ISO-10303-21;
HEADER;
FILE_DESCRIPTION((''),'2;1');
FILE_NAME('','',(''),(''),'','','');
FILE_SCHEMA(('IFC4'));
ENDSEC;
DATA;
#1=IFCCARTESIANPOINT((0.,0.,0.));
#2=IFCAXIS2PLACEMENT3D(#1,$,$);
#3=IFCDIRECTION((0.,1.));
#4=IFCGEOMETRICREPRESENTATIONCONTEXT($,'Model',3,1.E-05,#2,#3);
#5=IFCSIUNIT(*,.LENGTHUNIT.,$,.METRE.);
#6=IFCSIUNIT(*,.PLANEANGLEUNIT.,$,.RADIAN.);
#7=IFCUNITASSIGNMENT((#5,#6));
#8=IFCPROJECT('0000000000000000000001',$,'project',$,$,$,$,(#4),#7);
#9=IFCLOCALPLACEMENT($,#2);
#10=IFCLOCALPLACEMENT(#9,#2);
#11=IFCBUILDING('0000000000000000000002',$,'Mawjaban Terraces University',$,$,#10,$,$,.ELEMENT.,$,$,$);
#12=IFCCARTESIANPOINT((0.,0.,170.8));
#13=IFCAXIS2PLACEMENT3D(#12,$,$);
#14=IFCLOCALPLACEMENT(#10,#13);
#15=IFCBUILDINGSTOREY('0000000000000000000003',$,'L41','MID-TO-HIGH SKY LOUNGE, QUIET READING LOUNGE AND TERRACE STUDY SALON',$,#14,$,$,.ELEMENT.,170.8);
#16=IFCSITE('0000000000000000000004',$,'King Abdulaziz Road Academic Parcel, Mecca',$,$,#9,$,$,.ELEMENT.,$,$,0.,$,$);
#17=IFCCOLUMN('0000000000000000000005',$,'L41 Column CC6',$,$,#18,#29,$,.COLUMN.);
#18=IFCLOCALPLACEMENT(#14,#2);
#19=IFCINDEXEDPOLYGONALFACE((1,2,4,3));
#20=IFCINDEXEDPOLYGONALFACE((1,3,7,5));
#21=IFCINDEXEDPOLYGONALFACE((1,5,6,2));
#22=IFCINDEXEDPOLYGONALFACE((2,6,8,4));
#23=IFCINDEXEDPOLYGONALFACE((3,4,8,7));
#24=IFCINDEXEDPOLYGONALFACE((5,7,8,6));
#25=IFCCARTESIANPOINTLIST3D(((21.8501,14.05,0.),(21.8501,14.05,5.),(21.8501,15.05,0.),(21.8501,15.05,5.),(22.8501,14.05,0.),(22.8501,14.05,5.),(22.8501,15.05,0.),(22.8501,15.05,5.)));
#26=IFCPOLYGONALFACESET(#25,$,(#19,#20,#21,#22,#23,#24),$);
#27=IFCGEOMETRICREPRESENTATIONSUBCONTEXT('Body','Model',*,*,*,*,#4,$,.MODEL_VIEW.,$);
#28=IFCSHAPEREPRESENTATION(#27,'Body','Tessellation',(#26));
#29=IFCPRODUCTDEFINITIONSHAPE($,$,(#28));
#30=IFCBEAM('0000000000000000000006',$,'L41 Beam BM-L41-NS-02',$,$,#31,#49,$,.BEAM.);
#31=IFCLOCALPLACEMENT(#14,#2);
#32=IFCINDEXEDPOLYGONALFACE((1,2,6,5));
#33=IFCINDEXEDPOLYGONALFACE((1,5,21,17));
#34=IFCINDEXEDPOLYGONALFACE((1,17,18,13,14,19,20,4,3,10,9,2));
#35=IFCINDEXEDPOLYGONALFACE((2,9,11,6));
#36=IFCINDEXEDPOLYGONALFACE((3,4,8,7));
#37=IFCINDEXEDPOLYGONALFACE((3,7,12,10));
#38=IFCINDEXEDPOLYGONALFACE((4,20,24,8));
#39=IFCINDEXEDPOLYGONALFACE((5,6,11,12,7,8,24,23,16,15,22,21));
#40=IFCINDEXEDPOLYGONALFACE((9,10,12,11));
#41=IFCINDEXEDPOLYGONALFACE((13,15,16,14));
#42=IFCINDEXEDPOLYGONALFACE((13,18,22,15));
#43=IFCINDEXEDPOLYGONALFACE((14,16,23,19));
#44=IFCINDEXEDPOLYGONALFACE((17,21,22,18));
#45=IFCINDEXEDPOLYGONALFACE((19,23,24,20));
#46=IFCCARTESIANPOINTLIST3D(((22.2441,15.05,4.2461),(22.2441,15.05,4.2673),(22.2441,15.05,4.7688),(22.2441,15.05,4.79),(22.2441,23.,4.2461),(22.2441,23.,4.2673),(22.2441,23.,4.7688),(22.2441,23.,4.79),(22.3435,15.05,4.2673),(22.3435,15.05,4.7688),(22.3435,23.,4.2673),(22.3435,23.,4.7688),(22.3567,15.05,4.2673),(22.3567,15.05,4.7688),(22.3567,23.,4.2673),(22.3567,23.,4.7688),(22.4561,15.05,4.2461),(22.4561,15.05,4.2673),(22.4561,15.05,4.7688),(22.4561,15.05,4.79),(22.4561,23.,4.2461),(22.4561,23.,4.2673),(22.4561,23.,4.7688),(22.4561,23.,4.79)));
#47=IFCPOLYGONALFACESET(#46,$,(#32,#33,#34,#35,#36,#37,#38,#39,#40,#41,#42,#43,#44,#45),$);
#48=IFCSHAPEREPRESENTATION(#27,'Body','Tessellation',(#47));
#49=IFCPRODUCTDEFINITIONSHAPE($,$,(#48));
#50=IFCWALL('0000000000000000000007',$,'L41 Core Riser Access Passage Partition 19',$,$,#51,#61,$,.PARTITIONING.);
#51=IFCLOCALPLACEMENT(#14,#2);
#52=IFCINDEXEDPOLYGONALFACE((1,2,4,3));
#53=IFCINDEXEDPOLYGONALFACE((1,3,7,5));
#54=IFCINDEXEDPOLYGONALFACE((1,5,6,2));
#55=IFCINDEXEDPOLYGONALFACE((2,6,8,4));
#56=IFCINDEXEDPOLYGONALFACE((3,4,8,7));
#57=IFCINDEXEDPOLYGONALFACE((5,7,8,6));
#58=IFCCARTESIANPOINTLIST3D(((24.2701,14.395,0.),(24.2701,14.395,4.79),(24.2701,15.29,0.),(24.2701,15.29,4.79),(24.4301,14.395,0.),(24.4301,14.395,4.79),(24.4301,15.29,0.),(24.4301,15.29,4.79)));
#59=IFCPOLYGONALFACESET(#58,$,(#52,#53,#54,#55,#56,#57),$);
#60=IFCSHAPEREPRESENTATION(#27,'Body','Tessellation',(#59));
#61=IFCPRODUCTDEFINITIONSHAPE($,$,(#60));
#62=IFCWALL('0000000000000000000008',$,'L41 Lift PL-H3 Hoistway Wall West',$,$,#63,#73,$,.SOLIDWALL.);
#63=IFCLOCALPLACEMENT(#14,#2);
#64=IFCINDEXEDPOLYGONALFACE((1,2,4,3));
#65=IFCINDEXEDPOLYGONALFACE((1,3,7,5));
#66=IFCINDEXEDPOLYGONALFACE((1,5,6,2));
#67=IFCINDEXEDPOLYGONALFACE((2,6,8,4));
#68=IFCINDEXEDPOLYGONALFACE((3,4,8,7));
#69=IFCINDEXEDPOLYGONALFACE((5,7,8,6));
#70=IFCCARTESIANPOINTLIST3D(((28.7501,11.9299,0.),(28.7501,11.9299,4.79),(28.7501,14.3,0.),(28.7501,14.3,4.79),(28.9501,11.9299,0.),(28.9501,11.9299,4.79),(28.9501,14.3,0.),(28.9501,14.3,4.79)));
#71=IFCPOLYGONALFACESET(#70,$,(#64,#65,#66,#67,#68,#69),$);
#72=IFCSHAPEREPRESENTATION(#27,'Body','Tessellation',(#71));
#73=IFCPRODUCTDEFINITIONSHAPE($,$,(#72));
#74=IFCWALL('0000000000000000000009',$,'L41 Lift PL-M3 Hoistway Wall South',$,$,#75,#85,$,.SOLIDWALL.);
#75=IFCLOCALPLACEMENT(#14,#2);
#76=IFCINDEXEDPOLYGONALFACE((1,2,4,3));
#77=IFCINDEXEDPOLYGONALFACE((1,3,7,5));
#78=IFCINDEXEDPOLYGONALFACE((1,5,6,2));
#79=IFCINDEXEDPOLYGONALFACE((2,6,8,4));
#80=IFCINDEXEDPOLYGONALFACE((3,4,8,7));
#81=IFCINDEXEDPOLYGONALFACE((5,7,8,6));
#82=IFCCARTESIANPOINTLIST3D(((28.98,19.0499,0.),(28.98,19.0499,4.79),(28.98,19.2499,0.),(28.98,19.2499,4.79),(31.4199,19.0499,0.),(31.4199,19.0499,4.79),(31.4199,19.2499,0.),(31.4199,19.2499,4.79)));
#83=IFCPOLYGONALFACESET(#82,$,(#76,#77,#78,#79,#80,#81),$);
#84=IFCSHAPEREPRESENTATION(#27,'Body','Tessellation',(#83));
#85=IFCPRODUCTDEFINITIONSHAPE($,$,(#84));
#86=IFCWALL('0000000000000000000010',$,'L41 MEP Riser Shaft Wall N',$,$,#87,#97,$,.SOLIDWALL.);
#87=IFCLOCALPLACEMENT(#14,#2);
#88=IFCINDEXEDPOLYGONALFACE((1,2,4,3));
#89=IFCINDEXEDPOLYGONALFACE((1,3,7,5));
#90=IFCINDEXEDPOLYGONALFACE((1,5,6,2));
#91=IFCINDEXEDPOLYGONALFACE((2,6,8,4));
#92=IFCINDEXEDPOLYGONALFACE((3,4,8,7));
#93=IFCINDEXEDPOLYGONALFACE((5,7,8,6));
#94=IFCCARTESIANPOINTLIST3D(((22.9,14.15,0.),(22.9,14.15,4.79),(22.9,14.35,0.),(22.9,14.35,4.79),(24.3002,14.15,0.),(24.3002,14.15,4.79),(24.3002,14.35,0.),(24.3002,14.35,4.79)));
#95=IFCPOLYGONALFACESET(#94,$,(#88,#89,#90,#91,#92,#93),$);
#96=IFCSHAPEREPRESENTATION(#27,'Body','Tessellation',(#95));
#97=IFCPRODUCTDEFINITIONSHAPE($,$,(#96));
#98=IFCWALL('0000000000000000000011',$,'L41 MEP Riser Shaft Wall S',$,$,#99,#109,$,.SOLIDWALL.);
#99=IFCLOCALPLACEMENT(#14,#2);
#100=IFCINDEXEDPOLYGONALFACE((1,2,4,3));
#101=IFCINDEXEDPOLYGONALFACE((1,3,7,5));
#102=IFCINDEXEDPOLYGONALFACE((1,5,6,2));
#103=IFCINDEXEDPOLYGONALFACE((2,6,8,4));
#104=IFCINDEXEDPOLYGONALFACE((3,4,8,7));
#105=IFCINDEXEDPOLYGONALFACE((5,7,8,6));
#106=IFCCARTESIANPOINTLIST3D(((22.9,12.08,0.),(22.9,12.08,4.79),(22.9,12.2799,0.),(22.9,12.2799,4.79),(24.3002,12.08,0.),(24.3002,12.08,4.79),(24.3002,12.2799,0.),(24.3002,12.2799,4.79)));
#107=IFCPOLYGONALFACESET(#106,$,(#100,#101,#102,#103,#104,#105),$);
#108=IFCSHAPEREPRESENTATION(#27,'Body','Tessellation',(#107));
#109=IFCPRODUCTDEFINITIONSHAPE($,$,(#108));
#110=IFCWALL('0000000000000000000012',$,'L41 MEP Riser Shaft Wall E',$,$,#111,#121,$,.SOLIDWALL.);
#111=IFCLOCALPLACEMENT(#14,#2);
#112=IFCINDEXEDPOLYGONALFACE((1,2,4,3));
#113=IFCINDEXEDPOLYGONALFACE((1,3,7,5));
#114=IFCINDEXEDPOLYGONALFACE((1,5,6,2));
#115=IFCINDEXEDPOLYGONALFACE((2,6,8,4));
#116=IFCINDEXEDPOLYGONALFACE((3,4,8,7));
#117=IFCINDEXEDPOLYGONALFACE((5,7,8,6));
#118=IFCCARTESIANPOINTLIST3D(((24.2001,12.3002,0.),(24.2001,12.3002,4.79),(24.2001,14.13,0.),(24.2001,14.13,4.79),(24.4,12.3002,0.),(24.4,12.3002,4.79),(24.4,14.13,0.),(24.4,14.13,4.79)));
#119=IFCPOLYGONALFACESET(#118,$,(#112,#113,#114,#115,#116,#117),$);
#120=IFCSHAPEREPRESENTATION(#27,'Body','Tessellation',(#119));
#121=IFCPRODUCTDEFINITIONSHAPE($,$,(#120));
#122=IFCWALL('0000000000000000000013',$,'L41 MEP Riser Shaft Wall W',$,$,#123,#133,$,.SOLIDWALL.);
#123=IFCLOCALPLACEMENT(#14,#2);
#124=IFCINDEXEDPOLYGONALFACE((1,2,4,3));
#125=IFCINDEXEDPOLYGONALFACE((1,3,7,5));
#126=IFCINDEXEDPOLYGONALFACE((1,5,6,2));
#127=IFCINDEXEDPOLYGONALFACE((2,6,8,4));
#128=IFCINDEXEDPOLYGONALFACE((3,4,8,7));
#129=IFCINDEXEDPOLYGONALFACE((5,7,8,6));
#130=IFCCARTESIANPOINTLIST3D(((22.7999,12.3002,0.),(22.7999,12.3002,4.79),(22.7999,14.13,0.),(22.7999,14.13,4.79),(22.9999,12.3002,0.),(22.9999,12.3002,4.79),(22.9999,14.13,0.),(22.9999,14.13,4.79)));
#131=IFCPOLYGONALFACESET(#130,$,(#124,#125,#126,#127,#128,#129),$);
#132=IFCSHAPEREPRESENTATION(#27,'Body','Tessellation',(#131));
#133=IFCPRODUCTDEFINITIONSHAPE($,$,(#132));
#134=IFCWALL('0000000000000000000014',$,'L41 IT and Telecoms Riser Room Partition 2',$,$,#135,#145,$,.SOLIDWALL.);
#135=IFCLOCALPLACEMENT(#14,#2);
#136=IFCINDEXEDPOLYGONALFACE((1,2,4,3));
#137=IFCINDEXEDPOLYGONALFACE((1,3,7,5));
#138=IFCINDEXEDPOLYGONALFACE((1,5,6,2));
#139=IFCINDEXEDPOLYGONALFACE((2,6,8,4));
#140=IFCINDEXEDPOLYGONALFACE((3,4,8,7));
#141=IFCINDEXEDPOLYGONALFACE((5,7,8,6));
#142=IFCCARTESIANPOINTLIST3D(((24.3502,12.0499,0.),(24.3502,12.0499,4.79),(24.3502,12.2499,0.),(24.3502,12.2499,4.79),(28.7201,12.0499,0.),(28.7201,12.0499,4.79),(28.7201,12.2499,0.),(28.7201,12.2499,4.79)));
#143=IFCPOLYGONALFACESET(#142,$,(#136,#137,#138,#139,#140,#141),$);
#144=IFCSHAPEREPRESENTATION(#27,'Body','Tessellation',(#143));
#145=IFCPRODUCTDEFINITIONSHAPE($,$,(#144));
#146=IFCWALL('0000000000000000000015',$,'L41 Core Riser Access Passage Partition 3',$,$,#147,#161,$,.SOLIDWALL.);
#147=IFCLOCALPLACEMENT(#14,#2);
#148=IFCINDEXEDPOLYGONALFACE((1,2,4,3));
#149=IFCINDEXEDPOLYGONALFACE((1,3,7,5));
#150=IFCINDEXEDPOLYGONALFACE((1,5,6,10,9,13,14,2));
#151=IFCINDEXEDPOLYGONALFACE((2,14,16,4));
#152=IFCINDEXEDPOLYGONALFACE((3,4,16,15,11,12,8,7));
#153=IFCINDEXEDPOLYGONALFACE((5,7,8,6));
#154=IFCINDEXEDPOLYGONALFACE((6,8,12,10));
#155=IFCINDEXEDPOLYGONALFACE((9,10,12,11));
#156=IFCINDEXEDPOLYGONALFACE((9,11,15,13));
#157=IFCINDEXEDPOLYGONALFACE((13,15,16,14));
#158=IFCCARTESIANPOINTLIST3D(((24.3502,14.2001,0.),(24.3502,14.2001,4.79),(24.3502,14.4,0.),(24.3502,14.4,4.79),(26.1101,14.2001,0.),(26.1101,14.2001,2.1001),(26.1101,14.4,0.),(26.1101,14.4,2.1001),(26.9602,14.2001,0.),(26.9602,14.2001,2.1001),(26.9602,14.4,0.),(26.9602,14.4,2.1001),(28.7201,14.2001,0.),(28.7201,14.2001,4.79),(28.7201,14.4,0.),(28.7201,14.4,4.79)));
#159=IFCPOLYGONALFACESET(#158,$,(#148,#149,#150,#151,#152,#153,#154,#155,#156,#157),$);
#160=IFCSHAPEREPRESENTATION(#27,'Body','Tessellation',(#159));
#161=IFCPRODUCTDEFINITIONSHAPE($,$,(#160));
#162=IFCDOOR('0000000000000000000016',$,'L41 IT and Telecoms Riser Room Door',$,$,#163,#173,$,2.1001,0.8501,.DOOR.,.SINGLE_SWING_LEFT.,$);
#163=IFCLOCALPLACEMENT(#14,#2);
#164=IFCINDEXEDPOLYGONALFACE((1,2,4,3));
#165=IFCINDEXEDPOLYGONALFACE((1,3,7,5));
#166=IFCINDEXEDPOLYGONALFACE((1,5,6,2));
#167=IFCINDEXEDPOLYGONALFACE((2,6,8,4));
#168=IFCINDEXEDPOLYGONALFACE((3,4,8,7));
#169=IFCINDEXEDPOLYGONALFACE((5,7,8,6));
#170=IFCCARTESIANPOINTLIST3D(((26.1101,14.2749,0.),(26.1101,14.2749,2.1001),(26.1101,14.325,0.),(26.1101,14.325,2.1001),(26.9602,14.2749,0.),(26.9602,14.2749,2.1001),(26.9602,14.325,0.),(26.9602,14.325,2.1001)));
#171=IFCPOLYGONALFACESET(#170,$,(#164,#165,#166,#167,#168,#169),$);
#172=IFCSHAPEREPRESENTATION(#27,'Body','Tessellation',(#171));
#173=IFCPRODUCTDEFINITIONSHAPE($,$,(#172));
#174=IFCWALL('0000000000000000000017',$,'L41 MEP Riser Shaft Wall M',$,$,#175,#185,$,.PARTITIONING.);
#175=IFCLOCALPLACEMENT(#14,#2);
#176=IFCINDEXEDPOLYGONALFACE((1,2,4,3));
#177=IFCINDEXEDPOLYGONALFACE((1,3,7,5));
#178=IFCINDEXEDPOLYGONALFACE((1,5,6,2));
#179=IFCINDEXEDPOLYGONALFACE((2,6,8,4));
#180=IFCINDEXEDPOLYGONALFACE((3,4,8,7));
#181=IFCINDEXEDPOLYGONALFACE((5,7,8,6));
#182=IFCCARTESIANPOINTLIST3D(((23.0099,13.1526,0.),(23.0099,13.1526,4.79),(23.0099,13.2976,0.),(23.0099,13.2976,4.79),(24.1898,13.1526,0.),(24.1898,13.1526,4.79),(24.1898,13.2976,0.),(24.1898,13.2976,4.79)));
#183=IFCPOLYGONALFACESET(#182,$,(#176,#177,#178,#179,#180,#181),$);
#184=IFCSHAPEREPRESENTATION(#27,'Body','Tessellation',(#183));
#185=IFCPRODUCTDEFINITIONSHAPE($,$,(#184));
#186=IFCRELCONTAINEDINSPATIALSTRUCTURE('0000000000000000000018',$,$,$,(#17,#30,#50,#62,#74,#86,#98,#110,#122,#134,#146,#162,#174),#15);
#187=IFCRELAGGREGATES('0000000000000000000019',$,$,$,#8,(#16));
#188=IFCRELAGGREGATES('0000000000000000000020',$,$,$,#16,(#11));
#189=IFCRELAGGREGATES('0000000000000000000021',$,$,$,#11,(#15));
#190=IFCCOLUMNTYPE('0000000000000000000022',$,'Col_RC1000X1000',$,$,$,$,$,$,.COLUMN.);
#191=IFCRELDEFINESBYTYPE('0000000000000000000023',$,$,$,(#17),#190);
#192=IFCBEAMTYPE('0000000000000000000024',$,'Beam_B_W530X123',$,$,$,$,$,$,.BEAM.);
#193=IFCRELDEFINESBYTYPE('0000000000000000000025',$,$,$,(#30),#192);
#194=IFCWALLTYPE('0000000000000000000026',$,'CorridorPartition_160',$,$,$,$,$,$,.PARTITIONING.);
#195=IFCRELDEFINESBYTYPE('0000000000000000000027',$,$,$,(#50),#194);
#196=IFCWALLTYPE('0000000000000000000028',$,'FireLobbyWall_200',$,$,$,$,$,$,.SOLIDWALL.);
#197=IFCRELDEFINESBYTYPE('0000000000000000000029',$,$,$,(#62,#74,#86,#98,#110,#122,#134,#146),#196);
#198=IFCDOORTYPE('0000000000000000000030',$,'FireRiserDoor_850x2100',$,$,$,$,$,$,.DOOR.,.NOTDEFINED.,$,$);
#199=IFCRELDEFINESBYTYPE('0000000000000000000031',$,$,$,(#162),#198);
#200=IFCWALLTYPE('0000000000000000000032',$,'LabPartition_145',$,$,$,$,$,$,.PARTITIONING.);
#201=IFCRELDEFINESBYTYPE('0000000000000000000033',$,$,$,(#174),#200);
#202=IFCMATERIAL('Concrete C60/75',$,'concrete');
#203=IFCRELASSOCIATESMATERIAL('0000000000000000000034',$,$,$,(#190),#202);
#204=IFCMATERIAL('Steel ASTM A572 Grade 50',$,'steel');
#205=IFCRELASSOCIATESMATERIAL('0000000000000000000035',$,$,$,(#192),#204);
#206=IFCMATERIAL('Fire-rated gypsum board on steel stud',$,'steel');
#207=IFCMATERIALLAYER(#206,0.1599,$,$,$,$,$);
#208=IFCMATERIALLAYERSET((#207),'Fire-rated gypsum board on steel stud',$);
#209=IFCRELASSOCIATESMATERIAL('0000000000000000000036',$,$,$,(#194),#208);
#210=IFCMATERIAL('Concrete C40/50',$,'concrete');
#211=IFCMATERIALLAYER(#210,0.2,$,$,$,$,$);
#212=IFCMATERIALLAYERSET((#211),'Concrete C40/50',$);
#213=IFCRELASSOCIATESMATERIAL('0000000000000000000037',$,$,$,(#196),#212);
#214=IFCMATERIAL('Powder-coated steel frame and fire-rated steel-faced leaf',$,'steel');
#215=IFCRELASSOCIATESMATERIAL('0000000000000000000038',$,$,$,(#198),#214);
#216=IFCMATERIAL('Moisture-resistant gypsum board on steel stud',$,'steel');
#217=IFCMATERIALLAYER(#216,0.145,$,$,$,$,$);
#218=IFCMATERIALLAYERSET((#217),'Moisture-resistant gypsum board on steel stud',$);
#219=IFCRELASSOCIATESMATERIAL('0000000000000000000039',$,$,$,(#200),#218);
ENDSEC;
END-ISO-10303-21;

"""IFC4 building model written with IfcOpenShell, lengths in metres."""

from ifc_helpers import new_model, si_unit, direction, frame, frame_2d, origin, origin_2d, place, context, subcontext, project, spatial, rectangle, i_section, extrude, material, layer, layer_set, material_profile, profile_set, type_object, element, fill, save


model = new_model("IFC4")

# Units and contexts
model_context = context("Model", 3, precision=1e-05, world=origin(), true_north=direction((0.0, 1.0)))
body_context = subcontext(model_context, "Body", "Model", "MODEL_VIEW")
ifc_project = project(units=[si_unit("LENGTHUNIT", "METRE"), si_unit("PLANEANGLEUNIT", "RADIAN")], contexts=[model_context])

# Site, building, storey
site_placement = place(None, origin())
site = spatial("IfcSite", under=ifc_project, at=site_placement, Name="King Abdulaziz Road Academic Parcel, Mecca", CompositionType="ELEMENT", RefElevation=0.0)
building_placement = place(site_placement, origin())
building = spatial("IfcBuilding", under=site, at=building_placement, Name="Mawjaban Terraces University", CompositionType="ELEMENT")
storey_placement = place(building_placement, frame((0.0, 0.0, 170.8)))
storey = spatial("IfcBuildingStorey", under=building, at=storey_placement, Name="L41", Description="MID-TO-HIGH SKY LOUNGE, QUIET READING LOUNGE AND TERRACE STUDY SALON", CompositionType="ELEMENT", Elevation=170.8)

# Column
ifc_material_1 = material(Name="Concrete C60/75", Category="concrete")
ifc_material_profile_1 = material_profile(ifc_material_1, rectangle(XDim=1.0, YDim=1.0, at=origin_2d()), Name="RC1000X1000")
ifc_profile_set_1 = profile_set([ifc_material_profile_1], Name="Concrete C60/75")
column_type = type_object("IfcColumnType", Name="Col_RC1000X1000", PredefinedType="COLUMN", material=ifc_profile_set_1)
column_placement = place(storey_placement, frame((22.3501, 14.55, 0.0), z_axis=(0.0, 0.0, 1.0), x_axis=(1.0, 0.0, 0.0)))
element("IfcColumn", 1, at=column_placement, inside=storey, type_object=column_type, Name="L41 Column CC6", PredefinedType="COLUMN", context=body_context, shape_type="SweptSolid", body=[
    extrude(rectangle(XDim=1.0, YDim=1.0, at=origin_2d()), origin(), (0.0, 0.0, 1.0), 5.0),
])

# Beam
ifc_material_2 = material(Name="Steel ASTM A572 Grade 50", Category="steel")
ifc_material_profile_2 = material_profile(ifc_material_2, i_section(OverallWidth=0.2119, OverallDepth=0.5439, WebThickness=0.0132, FlangeThickness=0.0212, at=origin_2d()), Name="W530X123")
ifc_profile_set_2 = profile_set([ifc_material_profile_2], Name="Steel ASTM A572 Grade 50")
beam_type = type_object("IfcBeamType", Name="Beam_B_W530X123", PredefinedType="BEAM", material=ifc_profile_set_2)
beam_placement = place(storey_placement, frame((22.3501, 15.05, 4.5181), z_axis=(0.0, 1.0, 0.0), x_axis=(-1.0, 0.0, 0.0)))
element("IfcBeam", 2, at=beam_placement, inside=storey, type_object=beam_type, Name="L41 Beam BM-L41-NS-02", PredefinedType="BEAM", context=body_context, shape_type="SweptSolid", body=[
    extrude(i_section(OverallWidth=0.2119, OverallDepth=0.5439, WebThickness=0.0132, FlangeThickness=0.0212, at=origin_2d()), origin(), (0.0, 0.0, 1.0), 7.95),
])

# Walls
ifc_material_3 = material(Name="Fire-rated gypsum board on steel stud", Category="steel")
ifc_layer_1 = layer(ifc_material_3, 0.1599)
ifc_layer_set_1 = layer_set([ifc_layer_1], Name="Fire-rated gypsum board on steel stud")
wall_type_1 = type_object("IfcWallType", Name="CorridorPartition_160", PredefinedType="PARTITIONING", material=ifc_layer_set_1)
wall_1_placement = place(storey_placement, frame((24.3501, 15.29, 0.0), z_axis=(0.0, 0.0, 1.0), x_axis=(0.0, -1.0, 0.0)))
element("IfcWall", 3, at=wall_1_placement, inside=storey, type_object=wall_type_1, Name="L41 Core Riser Access Passage Partition 19", PredefinedType="PARTITIONING", context=body_context, shape_type="SweptSolid", body=[
    extrude(rectangle(XDim=0.895, YDim=0.1599, at=frame_2d((0.4475, 0.0))), origin(), (0.0, 0.0, 1.0), 4.79),
])
ifc_material_4 = material(Name="Concrete C40/50", Category="concrete")
ifc_layer_2 = layer(ifc_material_4, 0.2)
ifc_layer_set_2 = layer_set([ifc_layer_2], Name="Concrete C40/50")
wall_type_2 = type_object("IfcWallType", Name="FireLobbyWall_200", PredefinedType="SOLIDWALL", material=ifc_layer_set_2)
wall_2_placement = place(storey_placement, frame((28.8501, 14.3, 0.0), z_axis=(0.0, 0.0, 1.0), x_axis=(0.0, -1.0, 0.0)))
element("IfcWall", 4, at=wall_2_placement, inside=storey, type_object=wall_type_2, Name="L41 Lift PL-H3 Hoistway Wall West", PredefinedType="SOLIDWALL", context=body_context, shape_type="SweptSolid", body=[
    extrude(rectangle(XDim=2.3701, YDim=0.2, at=frame_2d((1.1851, 0.0))), origin(), (0.0, 0.0, 1.0), 4.79),
])
wall_3_placement = place(storey_placement, frame((28.98, 19.1499, 0.0), z_axis=(0.0, 0.0, 1.0), x_axis=(1.0, 0.0, 0.0)))
element("IfcWall", 5, at=wall_3_placement, inside=storey, type_object=wall_type_2, Name="L41 Lift PL-M3 Hoistway Wall South", PredefinedType="SOLIDWALL", context=body_context, shape_type="SweptSolid", body=[
    extrude(rectangle(XDim=2.4399, YDim=0.2, at=frame_2d((1.22, 0.0))), origin(), (0.0, 0.0, 1.0), 4.79),
])
for number, where, z_axis, x_axis, name in (
    (6, (22.8999, 14.25, 0.0), (0.0, 0.0, 1.0), (1.0, 0.0, 0.0), "L41 MEP Riser Shaft Wall N"),
    (7, (22.8999, 12.1799, 0.0), (0.0, 0.0, 1.0), (1.0, 0.0, 0.0), "L41 MEP Riser Shaft Wall S"),
):
    element("IfcWall", number, at=place(storey_placement, frame(where, z_axis=z_axis, x_axis=x_axis)), inside=storey, type_object=wall_type_2, Name=name, PredefinedType="SOLIDWALL", context=body_context, shape_type="SweptSolid", body=[
        extrude(rectangle(XDim=1.4001, YDim=0.2, at=frame_2d((0.7002, 0.0))), origin(), (0.0, 0.0, 1.0), 4.79),
    ])
for number, where, z_axis, x_axis, name in (
    (8, (24.3, 12.3, 0.0), (0.0, 0.0, 1.0), (0.0, 1.0, 0.0), "L41 MEP Riser Shaft Wall E"),
    (9, (22.8999, 12.3, 0.0), (0.0, 0.0, 1.0), (0.0, 1.0, 0.0), "L41 MEP Riser Shaft Wall W"),
):
    element("IfcWall", number, at=place(storey_placement, frame(where, z_axis=z_axis, x_axis=x_axis)), inside=storey, type_object=wall_type_2, Name=name, PredefinedType="SOLIDWALL", context=body_context, shape_type="SweptSolid", body=[
        extrude(rectangle(XDim=1.8298, YDim=0.2, at=frame_2d((0.915, 0.0))), origin(), (0.0, 0.0, 1.0), 4.79),
    ])
wall_4_placement = place(storey_placement, frame((24.3501, 12.1499, 0.0), z_axis=(0.0, 0.0, 1.0), x_axis=(1.0, 0.0, 0.0)))
element("IfcWall", 10, at=wall_4_placement, inside=storey, type_object=wall_type_2, Name="L41 IT and Telecoms Riser Room Partition 2", PredefinedType="SOLIDWALL", context=body_context, shape_type="SweptSolid", body=[
    extrude(rectangle(XDim=4.3699, YDim=0.2, at=frame_2d((2.1851, 0.0))), origin(), (0.0, 0.0, 1.0), 4.79),
])

# Wall, opening, door
wall_5_placement = place(storey_placement, frame((24.3501, 14.3, 0.0), z_axis=(0.0, 0.0, 1.0), x_axis=(1.0, 0.0, 0.0)))
wall_5 = element("IfcWall", 11, at=wall_5_placement, inside=storey, type_object=wall_type_2, Name="L41 Core Riser Access Passage Partition 3", PredefinedType="SOLIDWALL", context=body_context, shape_type="SweptSolid", body=[
    extrude(rectangle(XDim=4.3699, YDim=0.2, at=frame_2d((2.1851, 0.0))), origin(), (0.0, 0.0, 1.0), 4.79),
])
opening_placement = place(wall_5_placement, frame((1.76, 0.0, 0.0)))
opening = element("IfcOpeningElement", 12, at=opening_placement, cuts=wall_5, PredefinedType="OPENING", context=body_context, shape_type="SweptSolid", body=[
    extrude(rectangle(XDim=0.8501, YDim=2.1001, at=frame_2d((0.425, 1.05))), frame((0.0, 0.1099, 0.0), z_axis=(0.0, -1.0, 0.0), x_axis=(1.0, 0.0, 0.0)), (0.0, 0.0, 1.0), 0.22),
])
ifc_material_5 = material(Name="Powder-coated steel frame and fire-rated steel-faced leaf", Category="steel")
door_type = type_object("IfcDoorType", Name="FireRiserDoor_850x2100", OperationType="NOTDEFINED", PredefinedType="DOOR", material=ifc_material_5)
door_placement = place(opening_placement, origin())
door = element("IfcDoor", 13, at=door_placement, inside=storey, type_object=door_type, Name="L41 IT and Telecoms Riser Room Door", OperationType="SINGLE_SWING_LEFT", OverallHeight=2.1001, OverallWidth=0.8501, PredefinedType="DOOR", context=body_context, shape_type="SweptSolid", body=[
    extrude(rectangle(XDim=0.8501, YDim=2.1001, at=frame_2d((0.425, 1.05))), frame((0.0, 0.0249, 0.0), z_axis=(0.0, -1.0, 0.0), x_axis=(1.0, 0.0, 0.0)), (0.0, 0.0, 1.0), 0.05),
])
fill(opening, door)

# Wall
ifc_material_6 = material(Name="Moisture-resistant gypsum board on steel stud", Category="steel")
ifc_layer_3 = layer(ifc_material_6, 0.145)
ifc_layer_set_3 = layer_set([ifc_layer_3], Name="Moisture-resistant gypsum board on steel stud")
wall_type_3 = type_object("IfcWallType", Name="LabPartition_145", PredefinedType="PARTITIONING", material=ifc_layer_set_3)
wall_6_placement = place(storey_placement, frame((23.01, 13.2251, 0.0), z_axis=(0.0, 0.0, 1.0), x_axis=(1.0, 0.0, 0.0)))
element("IfcWall", 14, at=wall_6_placement, inside=storey, type_object=wall_type_3, Name="L41 MEP Riser Shaft Wall M", PredefinedType="PARTITIONING", context=body_context, shape_type="SweptSolid", body=[
    extrude(rectangle(XDim=1.1799, YDim=0.145, at=frame_2d((0.5898, 0.0))), origin(), (0.0, 0.0, 1.0), 4.79),
])

save(model, "model.ifc")
